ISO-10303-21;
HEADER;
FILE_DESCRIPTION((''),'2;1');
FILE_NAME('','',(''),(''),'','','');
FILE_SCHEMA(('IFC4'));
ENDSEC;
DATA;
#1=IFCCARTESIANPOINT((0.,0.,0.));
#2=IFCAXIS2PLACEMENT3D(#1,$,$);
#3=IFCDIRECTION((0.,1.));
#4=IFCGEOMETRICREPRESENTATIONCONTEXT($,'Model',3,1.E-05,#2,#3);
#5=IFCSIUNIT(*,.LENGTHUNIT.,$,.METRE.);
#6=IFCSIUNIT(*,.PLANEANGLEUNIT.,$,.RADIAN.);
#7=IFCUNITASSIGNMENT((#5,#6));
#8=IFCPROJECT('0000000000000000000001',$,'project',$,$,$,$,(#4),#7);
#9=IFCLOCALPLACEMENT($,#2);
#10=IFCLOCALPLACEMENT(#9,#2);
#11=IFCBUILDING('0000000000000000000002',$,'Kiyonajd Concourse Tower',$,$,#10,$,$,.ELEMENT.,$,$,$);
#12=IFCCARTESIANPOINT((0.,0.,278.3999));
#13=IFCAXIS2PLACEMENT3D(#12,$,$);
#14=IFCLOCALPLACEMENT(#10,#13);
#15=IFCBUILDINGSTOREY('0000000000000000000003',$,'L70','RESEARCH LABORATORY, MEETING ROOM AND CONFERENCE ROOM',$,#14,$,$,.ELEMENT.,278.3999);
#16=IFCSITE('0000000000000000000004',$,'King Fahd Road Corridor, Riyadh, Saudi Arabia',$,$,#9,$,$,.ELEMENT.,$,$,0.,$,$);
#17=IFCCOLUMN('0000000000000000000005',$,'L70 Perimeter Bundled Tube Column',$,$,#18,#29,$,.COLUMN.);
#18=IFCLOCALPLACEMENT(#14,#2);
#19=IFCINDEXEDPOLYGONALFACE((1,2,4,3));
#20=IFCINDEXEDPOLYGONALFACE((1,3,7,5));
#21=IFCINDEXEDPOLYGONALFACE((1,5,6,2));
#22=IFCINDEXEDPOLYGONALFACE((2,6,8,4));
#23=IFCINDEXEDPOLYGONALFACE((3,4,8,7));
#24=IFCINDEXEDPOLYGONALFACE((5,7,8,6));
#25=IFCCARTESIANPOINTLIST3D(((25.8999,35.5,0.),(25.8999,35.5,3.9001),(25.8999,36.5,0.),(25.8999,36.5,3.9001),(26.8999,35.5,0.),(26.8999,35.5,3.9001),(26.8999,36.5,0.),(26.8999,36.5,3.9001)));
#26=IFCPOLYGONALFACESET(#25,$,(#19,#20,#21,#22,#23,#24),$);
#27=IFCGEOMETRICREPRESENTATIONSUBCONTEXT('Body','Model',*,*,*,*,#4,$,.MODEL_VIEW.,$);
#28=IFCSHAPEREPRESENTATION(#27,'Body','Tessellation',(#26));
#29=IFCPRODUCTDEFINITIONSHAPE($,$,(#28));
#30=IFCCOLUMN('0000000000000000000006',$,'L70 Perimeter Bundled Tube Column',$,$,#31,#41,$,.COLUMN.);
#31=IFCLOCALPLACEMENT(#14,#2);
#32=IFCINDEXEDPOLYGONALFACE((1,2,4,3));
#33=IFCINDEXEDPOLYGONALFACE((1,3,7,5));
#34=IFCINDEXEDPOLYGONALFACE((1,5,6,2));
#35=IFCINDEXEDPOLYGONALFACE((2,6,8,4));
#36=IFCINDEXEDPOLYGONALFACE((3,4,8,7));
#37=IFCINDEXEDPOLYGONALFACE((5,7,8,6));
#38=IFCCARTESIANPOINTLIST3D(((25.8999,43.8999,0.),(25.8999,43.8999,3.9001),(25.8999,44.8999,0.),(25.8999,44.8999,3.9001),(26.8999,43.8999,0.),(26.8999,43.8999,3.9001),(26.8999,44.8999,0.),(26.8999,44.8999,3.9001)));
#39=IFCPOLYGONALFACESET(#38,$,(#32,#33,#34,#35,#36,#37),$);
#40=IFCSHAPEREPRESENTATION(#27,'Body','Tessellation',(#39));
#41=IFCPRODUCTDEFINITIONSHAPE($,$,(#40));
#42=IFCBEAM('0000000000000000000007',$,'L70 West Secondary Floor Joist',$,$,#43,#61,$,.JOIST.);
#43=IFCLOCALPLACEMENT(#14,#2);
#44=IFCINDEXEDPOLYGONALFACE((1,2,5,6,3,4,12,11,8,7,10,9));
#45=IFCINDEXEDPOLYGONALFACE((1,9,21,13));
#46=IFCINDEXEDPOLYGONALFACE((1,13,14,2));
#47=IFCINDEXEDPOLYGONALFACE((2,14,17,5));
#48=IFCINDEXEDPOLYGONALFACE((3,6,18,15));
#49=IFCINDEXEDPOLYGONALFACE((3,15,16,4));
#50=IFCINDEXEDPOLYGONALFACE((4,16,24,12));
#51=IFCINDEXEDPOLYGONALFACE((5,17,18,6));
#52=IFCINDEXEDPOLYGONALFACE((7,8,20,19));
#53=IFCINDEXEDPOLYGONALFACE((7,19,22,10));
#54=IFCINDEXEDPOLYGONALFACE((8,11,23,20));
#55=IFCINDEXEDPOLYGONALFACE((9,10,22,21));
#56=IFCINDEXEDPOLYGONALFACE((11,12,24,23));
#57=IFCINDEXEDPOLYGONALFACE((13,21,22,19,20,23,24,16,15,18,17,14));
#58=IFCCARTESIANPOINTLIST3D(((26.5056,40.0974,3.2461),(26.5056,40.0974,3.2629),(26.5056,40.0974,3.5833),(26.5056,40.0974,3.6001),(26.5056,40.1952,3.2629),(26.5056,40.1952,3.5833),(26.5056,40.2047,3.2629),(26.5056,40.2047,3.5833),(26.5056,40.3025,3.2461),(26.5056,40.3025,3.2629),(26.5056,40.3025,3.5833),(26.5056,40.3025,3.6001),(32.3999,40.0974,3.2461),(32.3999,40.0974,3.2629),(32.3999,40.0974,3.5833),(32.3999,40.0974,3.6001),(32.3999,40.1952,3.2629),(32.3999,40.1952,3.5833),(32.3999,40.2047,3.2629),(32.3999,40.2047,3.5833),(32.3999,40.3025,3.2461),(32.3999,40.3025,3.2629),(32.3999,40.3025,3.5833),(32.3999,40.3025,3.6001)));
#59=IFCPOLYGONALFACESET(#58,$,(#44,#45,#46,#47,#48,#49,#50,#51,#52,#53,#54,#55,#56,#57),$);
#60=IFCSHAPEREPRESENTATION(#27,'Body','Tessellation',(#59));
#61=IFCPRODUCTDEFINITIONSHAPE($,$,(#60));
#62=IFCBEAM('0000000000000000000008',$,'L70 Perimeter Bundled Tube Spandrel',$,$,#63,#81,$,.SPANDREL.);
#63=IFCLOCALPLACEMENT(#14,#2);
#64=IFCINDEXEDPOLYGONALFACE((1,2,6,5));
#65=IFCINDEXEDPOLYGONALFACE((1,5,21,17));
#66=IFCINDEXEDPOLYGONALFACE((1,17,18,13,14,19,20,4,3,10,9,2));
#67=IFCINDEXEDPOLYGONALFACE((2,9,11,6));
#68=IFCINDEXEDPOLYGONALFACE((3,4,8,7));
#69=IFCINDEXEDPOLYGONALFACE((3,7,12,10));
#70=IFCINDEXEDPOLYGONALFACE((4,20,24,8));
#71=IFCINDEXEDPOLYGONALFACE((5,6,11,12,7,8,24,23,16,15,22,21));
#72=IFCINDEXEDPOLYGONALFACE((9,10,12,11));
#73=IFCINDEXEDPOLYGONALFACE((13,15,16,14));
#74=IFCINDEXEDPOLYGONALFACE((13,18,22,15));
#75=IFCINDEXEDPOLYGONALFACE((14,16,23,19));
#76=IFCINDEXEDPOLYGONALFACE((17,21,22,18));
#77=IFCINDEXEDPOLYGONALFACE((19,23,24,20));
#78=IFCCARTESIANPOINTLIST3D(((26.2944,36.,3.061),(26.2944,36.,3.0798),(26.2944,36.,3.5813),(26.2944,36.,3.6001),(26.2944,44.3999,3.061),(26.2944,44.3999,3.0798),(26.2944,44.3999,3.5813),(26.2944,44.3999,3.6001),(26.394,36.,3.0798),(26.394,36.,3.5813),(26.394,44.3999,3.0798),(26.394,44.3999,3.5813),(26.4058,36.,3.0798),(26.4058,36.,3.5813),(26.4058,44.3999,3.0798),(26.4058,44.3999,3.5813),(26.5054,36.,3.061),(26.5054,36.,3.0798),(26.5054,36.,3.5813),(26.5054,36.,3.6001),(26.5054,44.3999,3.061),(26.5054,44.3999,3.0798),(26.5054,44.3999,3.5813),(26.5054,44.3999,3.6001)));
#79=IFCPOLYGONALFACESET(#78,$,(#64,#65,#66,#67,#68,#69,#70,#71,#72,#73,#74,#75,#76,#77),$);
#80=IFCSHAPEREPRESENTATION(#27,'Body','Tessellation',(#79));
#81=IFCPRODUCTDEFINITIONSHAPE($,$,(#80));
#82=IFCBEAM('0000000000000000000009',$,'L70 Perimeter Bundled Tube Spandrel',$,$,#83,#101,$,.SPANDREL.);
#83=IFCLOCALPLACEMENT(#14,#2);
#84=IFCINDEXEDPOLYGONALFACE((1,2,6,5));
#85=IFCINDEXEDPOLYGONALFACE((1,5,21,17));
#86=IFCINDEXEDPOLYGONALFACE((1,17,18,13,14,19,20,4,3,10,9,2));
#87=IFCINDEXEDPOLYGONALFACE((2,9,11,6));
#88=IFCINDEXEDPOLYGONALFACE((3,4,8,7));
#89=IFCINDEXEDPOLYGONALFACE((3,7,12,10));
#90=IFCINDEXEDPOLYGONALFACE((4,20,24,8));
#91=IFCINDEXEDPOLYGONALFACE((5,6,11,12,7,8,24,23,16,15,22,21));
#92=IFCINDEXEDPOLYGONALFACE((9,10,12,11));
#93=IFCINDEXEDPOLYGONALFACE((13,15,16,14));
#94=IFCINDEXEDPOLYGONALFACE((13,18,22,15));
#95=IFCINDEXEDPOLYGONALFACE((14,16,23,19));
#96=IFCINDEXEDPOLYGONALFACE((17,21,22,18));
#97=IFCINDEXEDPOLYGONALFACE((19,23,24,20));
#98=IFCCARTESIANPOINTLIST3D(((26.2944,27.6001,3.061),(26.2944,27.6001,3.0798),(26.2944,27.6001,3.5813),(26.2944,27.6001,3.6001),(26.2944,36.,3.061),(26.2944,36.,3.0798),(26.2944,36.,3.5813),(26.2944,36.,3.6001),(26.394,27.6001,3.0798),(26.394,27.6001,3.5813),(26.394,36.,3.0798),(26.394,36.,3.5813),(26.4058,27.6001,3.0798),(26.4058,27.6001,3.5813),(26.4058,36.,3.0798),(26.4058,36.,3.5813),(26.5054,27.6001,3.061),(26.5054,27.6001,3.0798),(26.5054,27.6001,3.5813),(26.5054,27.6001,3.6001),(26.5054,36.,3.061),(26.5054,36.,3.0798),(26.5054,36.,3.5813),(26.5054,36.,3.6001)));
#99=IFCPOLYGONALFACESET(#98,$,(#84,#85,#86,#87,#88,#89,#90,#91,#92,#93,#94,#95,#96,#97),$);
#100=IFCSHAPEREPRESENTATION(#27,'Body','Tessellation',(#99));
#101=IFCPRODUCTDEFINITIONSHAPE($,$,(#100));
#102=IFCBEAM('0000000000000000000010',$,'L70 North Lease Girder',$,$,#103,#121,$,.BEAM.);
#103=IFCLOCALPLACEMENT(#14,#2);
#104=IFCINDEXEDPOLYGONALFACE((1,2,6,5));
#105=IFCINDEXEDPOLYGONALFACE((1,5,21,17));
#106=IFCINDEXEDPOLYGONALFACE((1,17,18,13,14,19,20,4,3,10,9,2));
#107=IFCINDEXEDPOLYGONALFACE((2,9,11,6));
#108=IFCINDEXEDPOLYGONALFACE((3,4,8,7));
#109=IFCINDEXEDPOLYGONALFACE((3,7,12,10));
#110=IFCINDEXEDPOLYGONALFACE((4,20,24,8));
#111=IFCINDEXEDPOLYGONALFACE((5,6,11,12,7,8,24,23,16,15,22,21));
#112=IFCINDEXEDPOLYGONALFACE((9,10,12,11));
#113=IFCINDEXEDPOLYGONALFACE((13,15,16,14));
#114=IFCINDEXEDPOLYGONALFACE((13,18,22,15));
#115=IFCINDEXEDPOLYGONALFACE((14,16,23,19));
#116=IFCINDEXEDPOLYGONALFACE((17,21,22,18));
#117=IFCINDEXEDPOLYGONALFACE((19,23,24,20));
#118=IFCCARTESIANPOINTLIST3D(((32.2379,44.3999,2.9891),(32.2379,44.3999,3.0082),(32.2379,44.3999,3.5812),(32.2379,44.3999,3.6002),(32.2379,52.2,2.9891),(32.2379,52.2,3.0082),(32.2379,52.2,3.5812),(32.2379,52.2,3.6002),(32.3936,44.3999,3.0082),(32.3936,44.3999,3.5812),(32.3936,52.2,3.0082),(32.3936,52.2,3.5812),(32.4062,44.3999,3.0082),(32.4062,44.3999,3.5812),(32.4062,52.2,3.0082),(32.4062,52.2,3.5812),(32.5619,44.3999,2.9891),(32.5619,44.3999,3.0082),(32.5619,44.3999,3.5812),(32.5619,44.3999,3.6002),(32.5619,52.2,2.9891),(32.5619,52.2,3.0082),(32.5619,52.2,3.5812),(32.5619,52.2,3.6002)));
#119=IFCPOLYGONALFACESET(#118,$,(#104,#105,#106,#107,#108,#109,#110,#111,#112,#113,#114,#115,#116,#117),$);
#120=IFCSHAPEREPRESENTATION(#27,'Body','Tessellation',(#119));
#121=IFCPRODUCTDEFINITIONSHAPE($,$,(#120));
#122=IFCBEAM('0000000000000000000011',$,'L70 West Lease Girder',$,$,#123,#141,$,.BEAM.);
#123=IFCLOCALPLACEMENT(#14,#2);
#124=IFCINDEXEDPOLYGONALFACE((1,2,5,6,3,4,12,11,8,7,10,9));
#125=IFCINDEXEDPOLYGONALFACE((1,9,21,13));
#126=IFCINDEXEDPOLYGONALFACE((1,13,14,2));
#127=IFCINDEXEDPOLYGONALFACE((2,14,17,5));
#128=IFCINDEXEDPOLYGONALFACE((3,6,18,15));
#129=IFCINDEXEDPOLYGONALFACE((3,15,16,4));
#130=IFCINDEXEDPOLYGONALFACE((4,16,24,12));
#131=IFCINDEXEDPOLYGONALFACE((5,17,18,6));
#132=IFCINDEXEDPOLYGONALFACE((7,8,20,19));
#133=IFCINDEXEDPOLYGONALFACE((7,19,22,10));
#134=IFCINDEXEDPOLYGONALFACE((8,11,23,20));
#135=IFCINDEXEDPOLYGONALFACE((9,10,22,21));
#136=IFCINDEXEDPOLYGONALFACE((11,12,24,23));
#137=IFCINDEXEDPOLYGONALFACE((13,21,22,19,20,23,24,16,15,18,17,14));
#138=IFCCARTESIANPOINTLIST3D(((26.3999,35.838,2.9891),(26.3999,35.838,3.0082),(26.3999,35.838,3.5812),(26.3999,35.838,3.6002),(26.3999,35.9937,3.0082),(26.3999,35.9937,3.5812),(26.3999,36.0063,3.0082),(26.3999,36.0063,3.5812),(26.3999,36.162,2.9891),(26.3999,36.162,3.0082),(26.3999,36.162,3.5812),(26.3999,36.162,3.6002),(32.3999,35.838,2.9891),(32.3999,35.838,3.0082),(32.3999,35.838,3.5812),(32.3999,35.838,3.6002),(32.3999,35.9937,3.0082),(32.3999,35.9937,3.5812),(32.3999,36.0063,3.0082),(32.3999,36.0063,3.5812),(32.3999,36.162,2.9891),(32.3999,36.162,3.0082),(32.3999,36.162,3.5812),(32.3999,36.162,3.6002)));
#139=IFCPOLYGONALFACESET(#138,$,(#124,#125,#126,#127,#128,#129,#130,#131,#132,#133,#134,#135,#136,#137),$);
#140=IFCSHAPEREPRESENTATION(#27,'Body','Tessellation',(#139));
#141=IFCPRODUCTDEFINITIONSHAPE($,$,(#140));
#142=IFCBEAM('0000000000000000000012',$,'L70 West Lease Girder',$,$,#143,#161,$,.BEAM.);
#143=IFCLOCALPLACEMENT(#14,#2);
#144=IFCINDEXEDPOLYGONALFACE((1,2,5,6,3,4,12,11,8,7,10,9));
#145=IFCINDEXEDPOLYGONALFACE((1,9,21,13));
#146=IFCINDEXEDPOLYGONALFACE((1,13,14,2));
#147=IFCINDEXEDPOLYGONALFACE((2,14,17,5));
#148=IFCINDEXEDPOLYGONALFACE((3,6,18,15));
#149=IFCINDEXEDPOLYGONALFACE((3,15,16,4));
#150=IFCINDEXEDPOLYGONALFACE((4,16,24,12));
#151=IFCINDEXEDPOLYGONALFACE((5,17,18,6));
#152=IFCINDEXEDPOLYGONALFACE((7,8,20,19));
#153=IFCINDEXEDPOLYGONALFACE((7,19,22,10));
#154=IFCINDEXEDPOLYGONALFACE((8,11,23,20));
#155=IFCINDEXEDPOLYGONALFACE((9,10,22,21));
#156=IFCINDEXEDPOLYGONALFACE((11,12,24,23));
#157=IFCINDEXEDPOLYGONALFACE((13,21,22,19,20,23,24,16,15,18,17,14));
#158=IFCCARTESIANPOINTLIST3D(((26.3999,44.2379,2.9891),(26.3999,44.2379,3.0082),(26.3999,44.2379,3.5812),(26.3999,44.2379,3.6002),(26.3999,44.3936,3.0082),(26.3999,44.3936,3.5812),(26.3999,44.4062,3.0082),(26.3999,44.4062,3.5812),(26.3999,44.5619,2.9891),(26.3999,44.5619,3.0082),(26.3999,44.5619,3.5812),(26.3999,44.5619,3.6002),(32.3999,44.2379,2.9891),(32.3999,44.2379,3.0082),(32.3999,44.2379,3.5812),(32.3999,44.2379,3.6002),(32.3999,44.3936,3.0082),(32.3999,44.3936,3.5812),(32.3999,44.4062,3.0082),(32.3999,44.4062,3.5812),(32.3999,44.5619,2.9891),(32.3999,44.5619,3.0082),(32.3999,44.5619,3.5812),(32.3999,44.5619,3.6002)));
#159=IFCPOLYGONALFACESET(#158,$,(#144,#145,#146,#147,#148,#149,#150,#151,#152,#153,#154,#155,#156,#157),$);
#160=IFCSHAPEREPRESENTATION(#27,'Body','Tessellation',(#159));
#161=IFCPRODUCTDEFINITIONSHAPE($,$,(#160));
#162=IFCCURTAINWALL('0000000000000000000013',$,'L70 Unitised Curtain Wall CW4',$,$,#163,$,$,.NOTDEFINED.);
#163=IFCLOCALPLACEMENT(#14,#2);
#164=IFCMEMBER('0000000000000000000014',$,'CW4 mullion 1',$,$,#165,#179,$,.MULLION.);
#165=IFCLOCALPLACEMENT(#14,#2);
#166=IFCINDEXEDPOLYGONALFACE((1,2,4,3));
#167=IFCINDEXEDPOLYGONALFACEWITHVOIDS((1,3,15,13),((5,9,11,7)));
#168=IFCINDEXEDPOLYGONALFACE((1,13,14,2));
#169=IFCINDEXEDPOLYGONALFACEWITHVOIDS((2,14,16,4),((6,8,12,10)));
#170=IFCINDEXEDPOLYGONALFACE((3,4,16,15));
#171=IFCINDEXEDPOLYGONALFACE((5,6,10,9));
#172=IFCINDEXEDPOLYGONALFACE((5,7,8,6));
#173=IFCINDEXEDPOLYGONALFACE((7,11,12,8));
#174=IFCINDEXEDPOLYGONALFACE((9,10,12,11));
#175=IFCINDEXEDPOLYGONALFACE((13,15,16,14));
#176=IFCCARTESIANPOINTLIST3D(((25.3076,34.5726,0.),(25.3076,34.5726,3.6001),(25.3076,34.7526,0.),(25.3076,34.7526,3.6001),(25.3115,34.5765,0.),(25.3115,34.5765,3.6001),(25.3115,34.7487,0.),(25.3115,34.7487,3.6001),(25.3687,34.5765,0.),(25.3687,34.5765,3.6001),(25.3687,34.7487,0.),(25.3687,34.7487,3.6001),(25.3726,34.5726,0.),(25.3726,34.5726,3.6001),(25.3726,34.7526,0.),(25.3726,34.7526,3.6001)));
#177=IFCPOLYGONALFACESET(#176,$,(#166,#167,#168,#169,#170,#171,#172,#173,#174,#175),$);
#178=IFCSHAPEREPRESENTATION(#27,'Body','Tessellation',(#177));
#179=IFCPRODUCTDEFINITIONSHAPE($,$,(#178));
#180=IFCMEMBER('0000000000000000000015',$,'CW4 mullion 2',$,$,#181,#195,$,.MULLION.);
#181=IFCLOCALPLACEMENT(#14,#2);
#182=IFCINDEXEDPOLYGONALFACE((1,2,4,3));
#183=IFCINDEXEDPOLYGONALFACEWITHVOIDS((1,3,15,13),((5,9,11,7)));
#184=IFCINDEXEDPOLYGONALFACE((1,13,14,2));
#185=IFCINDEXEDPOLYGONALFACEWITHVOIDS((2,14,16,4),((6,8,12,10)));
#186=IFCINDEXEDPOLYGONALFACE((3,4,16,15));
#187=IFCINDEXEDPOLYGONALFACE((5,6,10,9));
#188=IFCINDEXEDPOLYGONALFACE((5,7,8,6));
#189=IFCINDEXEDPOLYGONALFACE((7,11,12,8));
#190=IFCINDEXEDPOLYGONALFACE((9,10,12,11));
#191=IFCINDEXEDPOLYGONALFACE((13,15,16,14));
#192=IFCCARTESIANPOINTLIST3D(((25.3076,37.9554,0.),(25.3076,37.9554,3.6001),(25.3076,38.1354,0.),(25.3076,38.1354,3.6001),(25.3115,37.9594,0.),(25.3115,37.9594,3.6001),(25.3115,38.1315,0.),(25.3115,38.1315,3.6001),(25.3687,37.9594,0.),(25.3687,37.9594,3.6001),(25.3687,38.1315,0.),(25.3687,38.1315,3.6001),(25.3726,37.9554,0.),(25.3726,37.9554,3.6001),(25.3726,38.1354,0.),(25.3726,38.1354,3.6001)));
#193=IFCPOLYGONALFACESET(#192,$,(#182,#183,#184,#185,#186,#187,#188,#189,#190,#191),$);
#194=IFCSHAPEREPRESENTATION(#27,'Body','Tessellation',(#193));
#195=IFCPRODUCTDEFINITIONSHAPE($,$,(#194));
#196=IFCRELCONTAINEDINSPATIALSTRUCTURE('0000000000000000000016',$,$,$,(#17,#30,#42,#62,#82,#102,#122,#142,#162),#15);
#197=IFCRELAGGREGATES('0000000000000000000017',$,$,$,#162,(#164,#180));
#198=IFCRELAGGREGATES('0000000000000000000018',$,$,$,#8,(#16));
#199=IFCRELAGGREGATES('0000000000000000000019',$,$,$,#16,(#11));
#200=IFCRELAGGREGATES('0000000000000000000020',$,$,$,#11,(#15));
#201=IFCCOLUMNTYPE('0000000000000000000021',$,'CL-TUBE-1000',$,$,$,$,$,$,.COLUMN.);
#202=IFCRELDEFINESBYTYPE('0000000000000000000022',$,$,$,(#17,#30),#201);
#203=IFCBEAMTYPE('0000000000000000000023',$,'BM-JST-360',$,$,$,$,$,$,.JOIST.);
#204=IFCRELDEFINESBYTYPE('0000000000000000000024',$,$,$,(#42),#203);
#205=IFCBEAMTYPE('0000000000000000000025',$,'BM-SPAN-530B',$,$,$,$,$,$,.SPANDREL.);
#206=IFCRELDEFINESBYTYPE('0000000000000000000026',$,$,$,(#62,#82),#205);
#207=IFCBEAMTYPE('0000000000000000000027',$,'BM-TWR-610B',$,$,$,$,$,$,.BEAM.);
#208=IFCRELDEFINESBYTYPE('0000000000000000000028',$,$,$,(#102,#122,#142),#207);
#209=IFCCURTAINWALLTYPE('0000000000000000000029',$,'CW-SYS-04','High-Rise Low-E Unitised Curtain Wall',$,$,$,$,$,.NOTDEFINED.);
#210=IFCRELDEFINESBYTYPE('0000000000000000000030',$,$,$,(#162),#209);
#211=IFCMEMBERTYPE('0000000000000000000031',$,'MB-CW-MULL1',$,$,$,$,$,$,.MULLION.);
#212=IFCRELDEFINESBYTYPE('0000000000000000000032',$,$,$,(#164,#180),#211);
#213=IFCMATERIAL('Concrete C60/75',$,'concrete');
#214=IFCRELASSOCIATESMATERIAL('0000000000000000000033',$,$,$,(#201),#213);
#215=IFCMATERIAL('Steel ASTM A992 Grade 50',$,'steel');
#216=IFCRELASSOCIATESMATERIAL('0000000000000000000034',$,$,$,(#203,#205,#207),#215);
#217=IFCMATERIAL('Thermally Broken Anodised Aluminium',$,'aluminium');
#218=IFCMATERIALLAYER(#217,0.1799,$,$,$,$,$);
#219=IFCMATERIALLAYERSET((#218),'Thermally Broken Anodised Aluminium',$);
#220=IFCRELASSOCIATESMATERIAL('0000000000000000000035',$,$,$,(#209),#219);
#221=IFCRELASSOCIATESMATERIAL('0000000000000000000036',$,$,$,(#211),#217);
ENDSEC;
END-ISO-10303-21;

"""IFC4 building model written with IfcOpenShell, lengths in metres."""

from ifc_helpers import new_model, si_unit, direction, frame, origin, origin_2d, place, context, subcontext, project, spatial, rectangle, hollow_rectangle, i_section, extrude, material, layer, layer_set, material_profile, profile_set, type_object, element, aggregate, save


model = new_model("IFC4")

# Units and contexts
model_context = context("Model", 3, precision=1e-05, world=origin(), true_north=direction((0.0, 1.0)))
body_context = subcontext(model_context, "Body", "Model", "MODEL_VIEW")
ifc_project = project(units=[si_unit("LENGTHUNIT", "METRE"), si_unit("PLANEANGLEUNIT", "RADIAN")], contexts=[model_context])

# Site, building, storey
site_placement = place(None, origin())
site = spatial("IfcSite", under=ifc_project, at=site_placement, Name="King Fahd Road Corridor, Riyadh, Saudi Arabia", CompositionType="ELEMENT", RefElevation=0.0)
building_placement = place(site_placement, origin())
building = spatial("IfcBuilding", under=site, at=building_placement, Name="Kiyonajd Concourse Tower", CompositionType="ELEMENT")
storey_placement = place(building_placement, frame((0.0, 0.0, 278.3999)))
storey = spatial("IfcBuildingStorey", under=building, at=storey_placement, Name="L70", Description="RESEARCH LABORATORY, MEETING ROOM AND CONFERENCE ROOM", CompositionType="ELEMENT", Elevation=278.3999)

# Columns
ifc_material_1 = material(Name="Concrete C60/75", Category="concrete")
ifc_material_profile_1 = material_profile(ifc_material_1, rectangle(XDim=1.0, YDim=1.0, at=origin_2d()), Name="RC-1000x1000")
ifc_profile_set_1 = profile_set([ifc_material_profile_1], Name="Concrete C60/75")
column_type = type_object("IfcColumnType", Name="CL-TUBE-1000", PredefinedType="COLUMN", material=ifc_profile_set_1)
for number, where, z_axis, x_axis, name in (
    (1, (26.3999, 36.0, 0.0), (0.0, 0.0, 1.0), (1.0, 0.0, 0.0), "L70 Perimeter Bundled Tube Column"),
    (2, (26.3999, 44.3999, 0.0), (0.0, 0.0, 1.0), (1.0, 0.0, 0.0), "L70 Perimeter Bundled Tube Column"),
):
    element("IfcColumn", number, at=place(storey_placement, frame(where, z_axis=z_axis, x_axis=x_axis)), inside=storey, type_object=column_type, Name=name, PredefinedType="COLUMN", context=body_context, shape_type="SweptSolid", body=[
        extrude(rectangle(XDim=1.0, YDim=1.0, at=origin_2d()), origin(), (0.0, 0.0, 1.0), 3.9001),
    ])

# Beams
ifc_material_2 = material(Name="Steel ASTM A992 Grade 50", Category="steel")
ifc_material_profile_2 = material_profile(ifc_material_2, i_section(OverallWidth=0.2051, OverallDepth=0.354, WebThickness=0.0095, FlangeThickness=0.0168, at=origin_2d()), Name="W360X79")
ifc_profile_set_2 = profile_set([ifc_material_profile_2], Name="Steel ASTM A992 Grade 50")
beam_type_1 = type_object("IfcBeamType", Name="BM-JST-360", PredefinedType="JOIST", material=ifc_profile_set_2)
beam_1_placement = place(storey_placement, frame((26.5056, 40.2, 3.4231), z_axis=(1.0, 0.0, 0.0), x_axis=(0.0, 1.0, 0.0)))
element("IfcBeam", 3, at=beam_1_placement, inside=storey, type_object=beam_type_1, Name="L70 West Secondary Floor Joist", PredefinedType="JOIST", context=body_context, shape_type="SweptSolid", body=[
    extrude(i_section(OverallWidth=0.2051, OverallDepth=0.354, WebThickness=0.0095, FlangeThickness=0.0168, at=origin_2d()), origin(), (0.0, 0.0, 1.0), 5.8943),
])
ifc_material_profile_3 = material_profile(ifc_material_2, i_section(OverallWidth=0.2109, OverallDepth=0.5391, WebThickness=0.0117, FlangeThickness=0.0188, at=origin_2d()), Name="W530X109")
ifc_profile_set_3 = profile_set([ifc_material_profile_3], Name="Steel ASTM A992 Grade 50")
beam_type_2 = type_object("IfcBeamType", Name="BM-SPAN-530B", PredefinedType="SPANDREL", material=ifc_profile_set_3)
for number, where, z_axis, x_axis, name in (
    (4, (26.3999, 44.3999, 3.3306), (0.0, -1.0, 0.0), (1.0, 0.0, 0.0), "L70 Perimeter Bundled Tube Spandrel"),
    (5, (26.3999, 36.0, 3.3306), (0.0, -1.0, 0.0), (1.0, 0.0, 0.0), "L70 Perimeter Bundled Tube Spandrel"),
):
    element("IfcBeam", number, at=place(storey_placement, frame(where, z_axis=z_axis, x_axis=x_axis)), inside=storey, type_object=beam_type_2, Name=name, PredefinedType="SPANDREL", context=body_context, shape_type="SweptSolid", body=[
        extrude(i_section(OverallWidth=0.2109, OverallDepth=0.5391, WebThickness=0.0117, FlangeThickness=0.0188, at=origin_2d()), origin(), (0.0, 0.0, 1.0), 8.3999),
    ])
ifc_material_profile_4 = material_profile(ifc_material_2, i_section(OverallWidth=0.324, OverallDepth=0.6111, WebThickness=0.0127, FlangeThickness=0.019, at=origin_2d()), Name="W610X155")
ifc_profile_set_4 = profile_set([ifc_material_profile_4], Name="Steel ASTM A992 Grade 50")
beam_type_3 = type_object("IfcBeamType", Name="BM-TWR-610B", PredefinedType="BEAM", material=ifc_profile_set_4)
beam_2_placement = place(storey_placement, frame((32.3999, 44.3999, 3.2947), z_axis=(0.0, 1.0, 0.0), x_axis=(-1.0, 0.0, 0.0)))
element("IfcBeam", 6, at=beam_2_placement, inside=storey, type_object=beam_type_3, Name="L70 North Lease Girder", PredefinedType="BEAM", context=body_context, shape_type="SweptSolid", body=[
    extrude(i_section(OverallWidth=0.324, OverallDepth=0.6111, WebThickness=0.0127, FlangeThickness=0.019, at=origin_2d()), origin(), (0.0, 0.0, 1.0), 7.8),
])
for number, where, z_axis, x_axis, name in (
    (7, (26.3999, 36.0, 3.2947), (1.0, 0.0, 0.0), (0.0, 1.0, 0.0), "L70 West Lease Girder"),
    (8, (26.3999, 44.3999, 3.2947), (1.0, 0.0, 0.0), (0.0, 1.0, 0.0), "L70 West Lease Girder"),
):
    element("IfcBeam", number, at=place(storey_placement, frame(where, z_axis=z_axis, x_axis=x_axis)), inside=storey, type_object=beam_type_3, Name=name, PredefinedType="BEAM", context=body_context, shape_type="SweptSolid", body=[
        extrude(i_section(OverallWidth=0.324, OverallDepth=0.6111, WebThickness=0.0127, FlangeThickness=0.019, at=origin_2d()), origin(), (0.0, 0.0, 1.0), 6.0),
    ])

# Curtain wall, members
ifc_material_3 = material(Name="Thermally Broken Anodised Aluminium", Category="aluminium")
ifc_layer_1 = layer(ifc_material_3, 0.1799)
ifc_layer_set_1 = layer_set([ifc_layer_1], Name="Thermally Broken Anodised Aluminium")
curtain_wall_type = type_object("IfcCurtainWallType", Name="CW-SYS-04", Description="High-Rise Low-E Unitised Curtain Wall", PredefinedType="NOTDEFINED", material=ifc_layer_set_1)
curtain_wall_placement = place(storey_placement, origin())
curtain_wall = element("IfcCurtainWall", 9, at=curtain_wall_placement, inside=storey, type_object=curtain_wall_type, Name="L70 Unitised Curtain Wall CW4", PredefinedType="NOTDEFINED")
ifc_material_profile_5 = material_profile(ifc_material_3, hollow_rectangle(XDim=0.0649, YDim=0.1799, WallThickness=0.0039, at=origin_2d()), Name="MULL-65x180")
ifc_profile_set_5 = profile_set([ifc_material_profile_5], Name="Thermally Broken Anodised Aluminium")
member_type_1 = type_object("IfcMemberType", Name="MB-CW-MULL1", PredefinedType="MULLION", material=ifc_profile_set_5)
member_1_placement = place(storey_placement, frame((25.3401, 34.6626, 0.0), z_axis=(0.0, 0.0, 1.0), x_axis=(-1.0, 0.0, 0.0)))
member_1 = element("IfcMember", 10, at=member_1_placement, type_object=member_type_1, Name="CW4 mullion 1", PredefinedType="MULLION", context=body_context, shape_type="SweptSolid", body=[
    extrude(hollow_rectangle(XDim=0.0649, YDim=0.1799, WallThickness=0.0039, at=origin_2d()), origin(), (0.0, 0.0, 1.0), 3.6001),
])
member_2_placement = place(storey_placement, frame((25.3401, 38.0454, 0.0), z_axis=(0.0, 0.0, 1.0), x_axis=(-1.0, 0.0, 0.0)))
member_2 = element("IfcMember", 11, at=member_2_placement, type_object=member_type_1, Name="CW4 mullion 2", PredefinedType="MULLION", context=body_context, shape_type="SweptSolid", body=[
    extrude(hollow_rectangle(XDim=0.0649, YDim=0.1799, WallThickness=0.0039, at=origin_2d()), origin(), (0.0, 0.0, 1.0), 3.6001),
])

aggregate(curtain_wall, [member_1, member_2])

save(model, "model.ifc")
